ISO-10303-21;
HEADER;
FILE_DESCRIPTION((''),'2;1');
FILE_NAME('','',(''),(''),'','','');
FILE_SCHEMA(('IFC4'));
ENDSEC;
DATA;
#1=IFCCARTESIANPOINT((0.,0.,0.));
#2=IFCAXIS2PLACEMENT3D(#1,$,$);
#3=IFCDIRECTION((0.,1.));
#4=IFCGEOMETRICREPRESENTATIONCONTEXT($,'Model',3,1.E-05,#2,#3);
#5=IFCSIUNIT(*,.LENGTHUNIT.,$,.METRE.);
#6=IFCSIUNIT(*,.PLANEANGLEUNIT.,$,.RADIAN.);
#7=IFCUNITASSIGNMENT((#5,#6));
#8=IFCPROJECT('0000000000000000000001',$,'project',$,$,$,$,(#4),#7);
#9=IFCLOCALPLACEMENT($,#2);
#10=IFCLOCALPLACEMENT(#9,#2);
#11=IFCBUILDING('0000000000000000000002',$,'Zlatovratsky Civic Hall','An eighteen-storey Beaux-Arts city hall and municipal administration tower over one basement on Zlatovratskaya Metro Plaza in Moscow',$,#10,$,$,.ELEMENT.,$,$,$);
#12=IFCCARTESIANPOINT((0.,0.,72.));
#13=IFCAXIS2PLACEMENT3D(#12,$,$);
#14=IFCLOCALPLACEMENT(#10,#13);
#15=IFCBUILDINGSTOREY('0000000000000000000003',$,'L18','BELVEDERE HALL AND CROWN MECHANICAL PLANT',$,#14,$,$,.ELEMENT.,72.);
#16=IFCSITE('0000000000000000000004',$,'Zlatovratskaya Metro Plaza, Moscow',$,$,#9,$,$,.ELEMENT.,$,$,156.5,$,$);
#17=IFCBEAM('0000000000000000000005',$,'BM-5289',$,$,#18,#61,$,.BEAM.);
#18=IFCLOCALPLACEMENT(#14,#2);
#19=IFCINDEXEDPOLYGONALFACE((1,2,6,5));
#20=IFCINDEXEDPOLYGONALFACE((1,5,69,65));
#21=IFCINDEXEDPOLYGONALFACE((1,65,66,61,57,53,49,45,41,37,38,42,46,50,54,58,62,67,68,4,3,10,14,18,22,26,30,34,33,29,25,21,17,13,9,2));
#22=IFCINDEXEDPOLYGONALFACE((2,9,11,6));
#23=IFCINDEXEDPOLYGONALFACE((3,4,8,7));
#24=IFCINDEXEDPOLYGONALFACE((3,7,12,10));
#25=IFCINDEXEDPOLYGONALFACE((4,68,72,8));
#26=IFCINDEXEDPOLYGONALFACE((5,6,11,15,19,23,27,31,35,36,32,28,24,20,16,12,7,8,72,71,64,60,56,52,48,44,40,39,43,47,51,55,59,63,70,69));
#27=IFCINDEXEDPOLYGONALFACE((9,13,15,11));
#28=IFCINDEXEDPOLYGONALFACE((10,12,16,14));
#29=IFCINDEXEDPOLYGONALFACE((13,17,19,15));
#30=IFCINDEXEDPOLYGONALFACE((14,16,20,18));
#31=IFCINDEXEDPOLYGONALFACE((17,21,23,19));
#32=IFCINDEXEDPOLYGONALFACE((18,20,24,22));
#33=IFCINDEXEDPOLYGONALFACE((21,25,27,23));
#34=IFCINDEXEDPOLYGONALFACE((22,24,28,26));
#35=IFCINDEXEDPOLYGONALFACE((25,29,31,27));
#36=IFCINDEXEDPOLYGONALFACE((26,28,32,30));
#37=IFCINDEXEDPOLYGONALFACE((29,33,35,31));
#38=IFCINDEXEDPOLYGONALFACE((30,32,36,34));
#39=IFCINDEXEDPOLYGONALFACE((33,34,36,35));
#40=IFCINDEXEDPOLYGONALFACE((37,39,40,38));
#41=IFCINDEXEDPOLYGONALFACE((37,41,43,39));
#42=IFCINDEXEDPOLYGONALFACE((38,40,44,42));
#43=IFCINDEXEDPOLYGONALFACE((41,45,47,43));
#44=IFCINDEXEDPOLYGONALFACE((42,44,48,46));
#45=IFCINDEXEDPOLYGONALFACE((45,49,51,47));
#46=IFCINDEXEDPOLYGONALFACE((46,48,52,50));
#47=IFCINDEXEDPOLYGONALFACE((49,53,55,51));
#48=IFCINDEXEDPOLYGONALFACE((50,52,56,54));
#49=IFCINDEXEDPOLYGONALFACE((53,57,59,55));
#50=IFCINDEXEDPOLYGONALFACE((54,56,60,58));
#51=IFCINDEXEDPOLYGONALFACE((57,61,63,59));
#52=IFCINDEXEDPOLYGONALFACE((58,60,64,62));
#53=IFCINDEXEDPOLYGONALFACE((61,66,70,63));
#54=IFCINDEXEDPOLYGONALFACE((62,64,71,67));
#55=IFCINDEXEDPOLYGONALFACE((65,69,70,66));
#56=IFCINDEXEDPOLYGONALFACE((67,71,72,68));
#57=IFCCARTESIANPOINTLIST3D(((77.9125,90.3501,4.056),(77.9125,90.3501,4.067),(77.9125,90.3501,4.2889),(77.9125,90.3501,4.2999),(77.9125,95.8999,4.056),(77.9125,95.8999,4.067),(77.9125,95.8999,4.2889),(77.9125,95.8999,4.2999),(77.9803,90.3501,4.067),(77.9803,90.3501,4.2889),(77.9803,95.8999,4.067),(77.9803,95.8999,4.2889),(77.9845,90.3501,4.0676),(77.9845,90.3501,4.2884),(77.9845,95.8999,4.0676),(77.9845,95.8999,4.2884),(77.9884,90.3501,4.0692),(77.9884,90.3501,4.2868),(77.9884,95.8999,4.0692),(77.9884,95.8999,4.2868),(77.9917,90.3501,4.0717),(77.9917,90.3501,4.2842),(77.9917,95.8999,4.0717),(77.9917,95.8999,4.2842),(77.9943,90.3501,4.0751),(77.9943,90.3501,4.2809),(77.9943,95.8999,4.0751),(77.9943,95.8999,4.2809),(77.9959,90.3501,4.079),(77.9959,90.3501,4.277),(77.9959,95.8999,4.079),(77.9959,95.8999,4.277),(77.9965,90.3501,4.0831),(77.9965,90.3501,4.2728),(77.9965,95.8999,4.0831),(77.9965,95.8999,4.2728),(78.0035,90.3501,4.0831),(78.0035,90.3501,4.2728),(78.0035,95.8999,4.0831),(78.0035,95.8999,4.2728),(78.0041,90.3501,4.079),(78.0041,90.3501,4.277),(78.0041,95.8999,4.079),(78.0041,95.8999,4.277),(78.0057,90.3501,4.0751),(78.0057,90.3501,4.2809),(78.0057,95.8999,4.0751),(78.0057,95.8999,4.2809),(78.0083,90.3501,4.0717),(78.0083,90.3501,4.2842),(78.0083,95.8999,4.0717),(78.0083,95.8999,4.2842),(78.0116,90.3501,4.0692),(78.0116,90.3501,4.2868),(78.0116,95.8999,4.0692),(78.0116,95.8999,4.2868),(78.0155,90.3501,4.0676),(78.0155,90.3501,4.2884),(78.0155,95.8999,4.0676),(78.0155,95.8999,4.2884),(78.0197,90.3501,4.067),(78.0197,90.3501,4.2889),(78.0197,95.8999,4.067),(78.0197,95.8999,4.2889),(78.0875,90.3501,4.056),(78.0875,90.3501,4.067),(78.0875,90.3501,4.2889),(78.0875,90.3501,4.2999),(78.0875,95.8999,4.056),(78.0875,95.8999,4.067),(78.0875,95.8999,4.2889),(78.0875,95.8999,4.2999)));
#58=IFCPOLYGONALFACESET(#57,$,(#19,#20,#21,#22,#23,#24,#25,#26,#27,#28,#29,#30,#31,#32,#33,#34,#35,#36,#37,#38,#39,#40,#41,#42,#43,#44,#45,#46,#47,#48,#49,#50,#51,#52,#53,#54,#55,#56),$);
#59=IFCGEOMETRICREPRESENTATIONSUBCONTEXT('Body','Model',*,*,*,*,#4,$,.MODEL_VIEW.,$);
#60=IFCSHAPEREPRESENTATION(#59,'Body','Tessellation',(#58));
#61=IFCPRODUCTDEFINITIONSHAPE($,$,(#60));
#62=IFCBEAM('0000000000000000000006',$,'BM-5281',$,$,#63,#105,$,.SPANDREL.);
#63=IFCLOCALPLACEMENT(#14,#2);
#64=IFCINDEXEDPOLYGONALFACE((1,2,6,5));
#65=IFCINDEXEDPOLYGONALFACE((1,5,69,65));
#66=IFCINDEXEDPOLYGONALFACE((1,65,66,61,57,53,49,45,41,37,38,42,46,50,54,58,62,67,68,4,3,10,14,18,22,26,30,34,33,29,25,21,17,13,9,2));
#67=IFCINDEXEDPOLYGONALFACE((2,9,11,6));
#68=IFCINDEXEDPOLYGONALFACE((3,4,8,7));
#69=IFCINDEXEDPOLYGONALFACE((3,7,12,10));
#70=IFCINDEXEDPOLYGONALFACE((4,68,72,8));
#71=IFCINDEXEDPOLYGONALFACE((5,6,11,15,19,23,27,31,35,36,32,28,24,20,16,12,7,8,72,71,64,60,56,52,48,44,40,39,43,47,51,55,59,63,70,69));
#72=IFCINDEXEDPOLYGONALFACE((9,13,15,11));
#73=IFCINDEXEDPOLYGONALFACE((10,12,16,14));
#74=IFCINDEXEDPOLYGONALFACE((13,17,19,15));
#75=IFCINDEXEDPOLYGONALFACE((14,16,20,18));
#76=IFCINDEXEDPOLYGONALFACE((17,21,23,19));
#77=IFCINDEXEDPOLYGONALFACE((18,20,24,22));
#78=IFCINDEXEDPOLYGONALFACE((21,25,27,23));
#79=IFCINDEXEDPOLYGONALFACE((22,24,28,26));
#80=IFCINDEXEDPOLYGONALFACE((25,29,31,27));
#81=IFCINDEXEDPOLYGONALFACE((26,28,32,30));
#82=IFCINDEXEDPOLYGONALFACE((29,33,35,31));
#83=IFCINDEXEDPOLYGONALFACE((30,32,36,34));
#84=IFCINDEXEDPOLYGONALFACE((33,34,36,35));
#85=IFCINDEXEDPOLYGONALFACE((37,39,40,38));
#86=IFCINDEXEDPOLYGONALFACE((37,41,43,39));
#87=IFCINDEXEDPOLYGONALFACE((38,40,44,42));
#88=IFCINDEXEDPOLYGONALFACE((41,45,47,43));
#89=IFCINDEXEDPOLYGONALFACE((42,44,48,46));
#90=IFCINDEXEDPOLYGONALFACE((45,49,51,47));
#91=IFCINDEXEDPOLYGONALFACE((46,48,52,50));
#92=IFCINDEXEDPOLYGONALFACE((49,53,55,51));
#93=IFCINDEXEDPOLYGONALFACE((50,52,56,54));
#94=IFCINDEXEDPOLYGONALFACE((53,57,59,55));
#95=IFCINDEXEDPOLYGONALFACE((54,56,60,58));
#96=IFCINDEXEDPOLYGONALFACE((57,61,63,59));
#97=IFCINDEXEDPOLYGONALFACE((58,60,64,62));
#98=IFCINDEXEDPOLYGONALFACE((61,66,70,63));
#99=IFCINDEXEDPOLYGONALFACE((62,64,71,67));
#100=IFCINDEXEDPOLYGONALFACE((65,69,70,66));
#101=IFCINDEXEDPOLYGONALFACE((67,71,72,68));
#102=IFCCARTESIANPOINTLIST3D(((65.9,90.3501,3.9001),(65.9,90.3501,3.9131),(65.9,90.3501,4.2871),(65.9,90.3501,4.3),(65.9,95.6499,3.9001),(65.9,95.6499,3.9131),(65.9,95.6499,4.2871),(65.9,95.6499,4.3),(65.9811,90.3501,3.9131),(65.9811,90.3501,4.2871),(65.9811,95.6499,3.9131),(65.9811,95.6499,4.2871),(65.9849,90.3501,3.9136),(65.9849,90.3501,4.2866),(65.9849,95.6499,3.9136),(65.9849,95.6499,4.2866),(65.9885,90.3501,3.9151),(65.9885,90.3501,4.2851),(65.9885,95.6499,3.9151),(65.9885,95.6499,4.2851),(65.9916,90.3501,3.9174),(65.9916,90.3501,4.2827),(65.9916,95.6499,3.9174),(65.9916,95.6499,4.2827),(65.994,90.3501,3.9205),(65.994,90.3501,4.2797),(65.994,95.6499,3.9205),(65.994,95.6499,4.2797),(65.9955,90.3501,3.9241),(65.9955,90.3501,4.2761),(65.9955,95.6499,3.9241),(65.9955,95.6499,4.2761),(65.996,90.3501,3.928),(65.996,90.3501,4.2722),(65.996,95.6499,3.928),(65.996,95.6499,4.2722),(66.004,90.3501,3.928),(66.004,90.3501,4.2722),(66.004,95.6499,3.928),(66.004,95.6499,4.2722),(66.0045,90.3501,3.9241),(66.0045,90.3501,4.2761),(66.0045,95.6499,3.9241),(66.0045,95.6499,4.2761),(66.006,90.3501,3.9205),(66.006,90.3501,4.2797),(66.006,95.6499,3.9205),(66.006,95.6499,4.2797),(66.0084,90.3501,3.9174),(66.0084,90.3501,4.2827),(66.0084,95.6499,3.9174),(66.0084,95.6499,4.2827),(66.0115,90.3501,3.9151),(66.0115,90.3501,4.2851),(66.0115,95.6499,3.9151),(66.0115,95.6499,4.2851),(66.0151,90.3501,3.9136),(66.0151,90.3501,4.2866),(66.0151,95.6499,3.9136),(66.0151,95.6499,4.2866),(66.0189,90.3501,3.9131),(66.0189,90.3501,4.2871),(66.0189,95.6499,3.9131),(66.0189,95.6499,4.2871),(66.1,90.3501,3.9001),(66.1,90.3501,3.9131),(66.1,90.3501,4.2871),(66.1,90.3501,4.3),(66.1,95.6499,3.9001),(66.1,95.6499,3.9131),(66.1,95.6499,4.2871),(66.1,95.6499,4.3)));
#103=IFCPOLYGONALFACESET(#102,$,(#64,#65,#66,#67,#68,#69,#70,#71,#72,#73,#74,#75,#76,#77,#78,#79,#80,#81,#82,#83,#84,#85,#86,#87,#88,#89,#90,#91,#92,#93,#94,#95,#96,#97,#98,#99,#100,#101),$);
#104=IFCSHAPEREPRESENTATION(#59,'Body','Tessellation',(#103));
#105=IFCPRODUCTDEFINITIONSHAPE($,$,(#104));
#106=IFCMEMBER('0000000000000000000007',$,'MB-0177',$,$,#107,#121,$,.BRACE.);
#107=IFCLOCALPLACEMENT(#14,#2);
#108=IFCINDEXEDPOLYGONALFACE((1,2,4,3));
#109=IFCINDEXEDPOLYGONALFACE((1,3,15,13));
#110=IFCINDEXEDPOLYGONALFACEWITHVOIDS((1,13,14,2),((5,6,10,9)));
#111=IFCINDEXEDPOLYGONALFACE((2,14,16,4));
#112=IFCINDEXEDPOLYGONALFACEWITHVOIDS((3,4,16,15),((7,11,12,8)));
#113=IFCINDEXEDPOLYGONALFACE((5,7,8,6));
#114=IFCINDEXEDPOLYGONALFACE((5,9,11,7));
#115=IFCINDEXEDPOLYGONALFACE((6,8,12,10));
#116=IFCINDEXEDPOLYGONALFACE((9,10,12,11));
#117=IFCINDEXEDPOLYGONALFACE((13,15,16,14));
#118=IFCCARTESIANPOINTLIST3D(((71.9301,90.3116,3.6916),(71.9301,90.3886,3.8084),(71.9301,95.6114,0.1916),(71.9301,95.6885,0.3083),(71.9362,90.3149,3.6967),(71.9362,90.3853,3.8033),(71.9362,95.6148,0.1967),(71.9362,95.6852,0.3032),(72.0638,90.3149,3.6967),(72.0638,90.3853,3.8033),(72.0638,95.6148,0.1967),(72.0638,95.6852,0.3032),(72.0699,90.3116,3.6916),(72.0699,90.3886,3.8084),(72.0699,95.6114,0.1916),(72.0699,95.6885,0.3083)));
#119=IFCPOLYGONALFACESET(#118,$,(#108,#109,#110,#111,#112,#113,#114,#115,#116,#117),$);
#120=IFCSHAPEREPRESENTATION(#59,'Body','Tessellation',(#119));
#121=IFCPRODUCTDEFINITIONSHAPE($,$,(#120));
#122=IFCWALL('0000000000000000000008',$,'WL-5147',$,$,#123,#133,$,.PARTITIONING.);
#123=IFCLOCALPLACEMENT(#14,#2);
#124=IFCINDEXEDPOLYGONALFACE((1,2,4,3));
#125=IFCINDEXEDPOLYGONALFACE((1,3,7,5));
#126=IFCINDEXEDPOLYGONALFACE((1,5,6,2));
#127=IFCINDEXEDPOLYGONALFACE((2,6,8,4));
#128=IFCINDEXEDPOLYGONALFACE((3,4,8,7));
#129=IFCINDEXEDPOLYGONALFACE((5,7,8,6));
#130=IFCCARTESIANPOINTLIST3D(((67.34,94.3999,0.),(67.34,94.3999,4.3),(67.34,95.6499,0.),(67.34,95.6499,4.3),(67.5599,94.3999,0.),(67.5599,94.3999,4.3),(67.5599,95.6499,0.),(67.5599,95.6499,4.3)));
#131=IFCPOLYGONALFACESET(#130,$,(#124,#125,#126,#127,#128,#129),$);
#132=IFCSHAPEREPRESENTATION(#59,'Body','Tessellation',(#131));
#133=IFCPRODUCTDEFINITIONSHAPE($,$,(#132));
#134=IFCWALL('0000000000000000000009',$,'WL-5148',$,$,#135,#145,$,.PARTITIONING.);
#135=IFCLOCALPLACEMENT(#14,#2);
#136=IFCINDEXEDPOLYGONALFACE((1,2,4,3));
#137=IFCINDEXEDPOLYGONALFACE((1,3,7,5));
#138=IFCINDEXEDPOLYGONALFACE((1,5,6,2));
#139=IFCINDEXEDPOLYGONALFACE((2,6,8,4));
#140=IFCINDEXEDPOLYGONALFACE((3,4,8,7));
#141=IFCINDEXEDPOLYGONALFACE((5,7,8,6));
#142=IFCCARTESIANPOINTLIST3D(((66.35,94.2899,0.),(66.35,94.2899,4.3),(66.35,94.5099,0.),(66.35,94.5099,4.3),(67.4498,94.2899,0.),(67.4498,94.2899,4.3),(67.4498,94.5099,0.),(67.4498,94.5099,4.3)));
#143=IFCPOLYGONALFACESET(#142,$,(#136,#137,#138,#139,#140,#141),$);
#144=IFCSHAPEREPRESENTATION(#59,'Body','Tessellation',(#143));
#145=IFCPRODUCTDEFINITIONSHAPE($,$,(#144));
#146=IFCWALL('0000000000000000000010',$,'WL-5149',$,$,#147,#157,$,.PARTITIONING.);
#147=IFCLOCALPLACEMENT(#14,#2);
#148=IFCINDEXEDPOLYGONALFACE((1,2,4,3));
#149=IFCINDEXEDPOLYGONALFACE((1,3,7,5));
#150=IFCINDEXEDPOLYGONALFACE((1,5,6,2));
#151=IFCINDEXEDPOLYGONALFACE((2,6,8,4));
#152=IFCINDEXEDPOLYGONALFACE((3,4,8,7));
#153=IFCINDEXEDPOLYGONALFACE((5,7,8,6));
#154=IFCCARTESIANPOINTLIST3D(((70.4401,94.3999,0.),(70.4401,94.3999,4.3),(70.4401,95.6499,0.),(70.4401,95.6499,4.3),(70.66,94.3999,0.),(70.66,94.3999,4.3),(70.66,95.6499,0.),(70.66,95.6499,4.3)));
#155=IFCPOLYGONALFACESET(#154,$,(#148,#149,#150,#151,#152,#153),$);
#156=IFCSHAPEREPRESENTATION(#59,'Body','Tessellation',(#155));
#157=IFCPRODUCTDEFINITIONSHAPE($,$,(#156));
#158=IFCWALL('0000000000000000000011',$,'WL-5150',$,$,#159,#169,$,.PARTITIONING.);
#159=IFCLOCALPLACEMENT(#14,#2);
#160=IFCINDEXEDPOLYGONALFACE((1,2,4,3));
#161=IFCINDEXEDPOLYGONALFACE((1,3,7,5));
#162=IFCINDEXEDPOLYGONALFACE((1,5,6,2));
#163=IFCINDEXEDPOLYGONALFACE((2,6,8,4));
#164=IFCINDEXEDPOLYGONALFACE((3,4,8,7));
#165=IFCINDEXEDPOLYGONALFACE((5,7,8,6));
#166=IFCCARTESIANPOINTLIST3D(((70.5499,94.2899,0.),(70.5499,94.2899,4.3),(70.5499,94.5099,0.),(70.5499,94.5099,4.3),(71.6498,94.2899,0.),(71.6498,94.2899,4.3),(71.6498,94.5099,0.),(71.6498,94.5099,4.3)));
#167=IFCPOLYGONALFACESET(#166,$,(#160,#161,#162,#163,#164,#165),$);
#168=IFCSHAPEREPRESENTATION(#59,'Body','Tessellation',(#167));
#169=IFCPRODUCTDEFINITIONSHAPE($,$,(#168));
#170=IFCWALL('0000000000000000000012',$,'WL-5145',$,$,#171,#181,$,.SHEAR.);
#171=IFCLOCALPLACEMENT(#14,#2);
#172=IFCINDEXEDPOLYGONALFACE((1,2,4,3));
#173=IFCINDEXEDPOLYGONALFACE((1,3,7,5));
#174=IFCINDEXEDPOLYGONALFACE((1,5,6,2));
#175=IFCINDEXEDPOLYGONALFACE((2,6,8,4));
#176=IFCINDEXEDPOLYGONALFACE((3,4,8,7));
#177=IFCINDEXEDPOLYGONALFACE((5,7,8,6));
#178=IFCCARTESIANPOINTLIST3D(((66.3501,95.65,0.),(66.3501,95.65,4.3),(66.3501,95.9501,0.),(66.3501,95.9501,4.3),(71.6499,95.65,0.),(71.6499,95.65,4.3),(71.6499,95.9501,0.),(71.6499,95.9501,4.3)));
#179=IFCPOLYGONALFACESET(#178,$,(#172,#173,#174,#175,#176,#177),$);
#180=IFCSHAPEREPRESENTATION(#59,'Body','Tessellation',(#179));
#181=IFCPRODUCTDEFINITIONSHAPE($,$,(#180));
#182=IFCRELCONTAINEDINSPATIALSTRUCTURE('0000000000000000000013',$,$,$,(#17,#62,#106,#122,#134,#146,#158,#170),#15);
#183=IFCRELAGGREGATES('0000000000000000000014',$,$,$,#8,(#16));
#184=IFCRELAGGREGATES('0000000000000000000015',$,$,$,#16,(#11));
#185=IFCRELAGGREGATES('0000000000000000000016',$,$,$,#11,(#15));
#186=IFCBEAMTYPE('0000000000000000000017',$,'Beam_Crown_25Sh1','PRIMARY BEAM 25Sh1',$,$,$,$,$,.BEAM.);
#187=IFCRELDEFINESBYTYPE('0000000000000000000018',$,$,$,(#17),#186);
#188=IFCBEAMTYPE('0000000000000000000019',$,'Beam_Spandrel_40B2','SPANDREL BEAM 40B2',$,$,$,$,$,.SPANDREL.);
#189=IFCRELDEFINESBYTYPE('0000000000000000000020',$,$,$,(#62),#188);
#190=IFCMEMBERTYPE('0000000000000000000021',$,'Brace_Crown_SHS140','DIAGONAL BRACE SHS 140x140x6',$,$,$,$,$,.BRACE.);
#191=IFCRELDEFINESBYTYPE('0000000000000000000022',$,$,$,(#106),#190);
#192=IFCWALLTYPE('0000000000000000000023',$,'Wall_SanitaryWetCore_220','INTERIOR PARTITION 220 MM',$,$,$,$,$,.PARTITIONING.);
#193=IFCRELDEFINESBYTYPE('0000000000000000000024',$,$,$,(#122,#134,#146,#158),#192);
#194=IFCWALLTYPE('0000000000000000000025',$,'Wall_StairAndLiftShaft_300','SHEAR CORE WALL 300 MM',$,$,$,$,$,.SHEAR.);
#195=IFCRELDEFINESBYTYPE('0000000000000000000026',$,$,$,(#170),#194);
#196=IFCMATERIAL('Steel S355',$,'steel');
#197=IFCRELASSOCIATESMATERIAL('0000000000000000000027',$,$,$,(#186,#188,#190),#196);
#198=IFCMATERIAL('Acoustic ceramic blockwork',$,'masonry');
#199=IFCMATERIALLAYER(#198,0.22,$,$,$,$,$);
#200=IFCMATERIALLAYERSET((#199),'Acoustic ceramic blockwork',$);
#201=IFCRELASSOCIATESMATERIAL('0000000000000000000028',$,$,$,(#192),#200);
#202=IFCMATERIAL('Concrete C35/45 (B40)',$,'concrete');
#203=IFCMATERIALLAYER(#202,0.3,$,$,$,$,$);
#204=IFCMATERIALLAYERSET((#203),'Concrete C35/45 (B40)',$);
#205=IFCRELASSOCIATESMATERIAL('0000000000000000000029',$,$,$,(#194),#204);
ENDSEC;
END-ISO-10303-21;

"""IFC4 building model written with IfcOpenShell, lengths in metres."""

from ifc_helpers import new_model, si_unit, direction, frame, frame_2d, origin, origin_2d, place, context, subcontext, project, spatial, rectangle, hollow_rectangle, i_section, extrude, material, layer, layer_set, material_profile, profile_set, type_object, element, save


model = new_model("IFC4")

# Units and contexts
model_context = context("Model", 3, precision=1e-05, world=origin(), true_north=direction((0.0, 1.0)))
body_context = subcontext(model_context, "Body", "Model", "MODEL_VIEW")
ifc_project = project(units=[si_unit("LENGTHUNIT", "METRE"), si_unit("PLANEANGLEUNIT", "RADIAN")], contexts=[model_context])

# Site, building, storey
site_placement = place(None, origin())
site = spatial("IfcSite", under=ifc_project, at=site_placement, Name="Zlatovratskaya Metro Plaza, Moscow", CompositionType="ELEMENT", RefElevation=156.5)
building_placement = place(site_placement, origin())
building = spatial("IfcBuilding", under=site, at=building_placement, Name="Zlatovratsky Civic Hall", Description="An eighteen-storey Beaux-Arts city hall and municipal administration tower over one basement on Zlatovratskaya Metro Plaza in Moscow", CompositionType="ELEMENT")
storey_placement = place(building_placement, frame((0.0, 0.0, 72.0)))
storey = spatial("IfcBuildingStorey", under=building, at=storey_placement, Name="L18", Description="BELVEDERE HALL AND CROWN MECHANICAL PLANT", CompositionType="ELEMENT", Elevation=72.0)

# Shared definitions
ifc_material_1 = material(Name="Concrete C35/45 (B40)", Category="concrete")

# Beams
ifc_material_2 = material(Name="Steel S355", Category="steel")
ifc_material_profile_1 = material_profile(ifc_material_2, i_section(OverallWidth=0.175, OverallDepth=0.2439, WebThickness=0.0071, FlangeThickness=0.011, FilletRadius=0.0161, at=origin_2d()), Name="25Sh1")
ifc_profile_set_1 = profile_set([ifc_material_profile_1], Name="Steel S355")
beam_type_1 = type_object("IfcBeamType", Name="Beam_Crown_25Sh1", Description="PRIMARY BEAM 25Sh1", PredefinedType="BEAM", material=ifc_profile_set_1)
beam_1_placement = place(storey_placement, frame((78.0, 90.3501, 4.178), z_axis=(0.0, 1.0, 0.0), x_axis=(-1.0, 0.0, 0.0)))
element("IfcBeam", 1, at=beam_1_placement, inside=storey, type_object=beam_type_1, Name="BM-5289", PredefinedType="BEAM", context=body_context, shape_type="SweptSolid", body=[
    extrude(i_section(OverallWidth=0.175, OverallDepth=0.2439, WebThickness=0.0071, FlangeThickness=0.011, FilletRadius=0.0161, at=origin_2d()), origin(), (0.0, 0.0, 1.0), 5.5498),
])
ifc_material_profile_2 = material_profile(ifc_material_2, i_section(OverallWidth=0.2, OverallDepth=0.3999, WebThickness=0.0081, FlangeThickness=0.0129, FilletRadius=0.0149, at=origin_2d()), Name="40B2")
ifc_profile_set_2 = profile_set([ifc_material_profile_2], Name="Steel S355")
beam_type_2 = type_object("IfcBeamType", Name="Beam_Spandrel_40B2", Description="SPANDREL BEAM 40B2", PredefinedType="SPANDREL", material=ifc_profile_set_2)
beam_2_placement = place(storey_placement, frame((66.0, 90.3501, 4.1001), z_axis=(0.0, 1.0, 0.0), x_axis=(-1.0, 0.0, 0.0)))
element("IfcBeam", 2, at=beam_2_placement, inside=storey, type_object=beam_type_2, Name="BM-5281", PredefinedType="SPANDREL", context=body_context, shape_type="SweptSolid", body=[
    extrude(i_section(OverallWidth=0.2, OverallDepth=0.3999, WebThickness=0.0081, FlangeThickness=0.0129, FilletRadius=0.0149, at=origin_2d()), origin(), (0.0, 0.0, 1.0), 5.2998),
])

# Member
ifc_material_profile_3 = material_profile(ifc_material_2, hollow_rectangle(XDim=0.1399, YDim=0.1399, WallThickness=0.0061, at=origin_2d()), Name="SHS 140x140x6")
ifc_profile_set_3 = profile_set([ifc_material_profile_3], Name="Steel S355")
member_type = type_object("IfcMemberType", Name="Brace_Crown_SHS140", Description="DIAGONAL BRACE SHS 140x140x6", PredefinedType="BRACE", material=ifc_profile_set_3)
member_placement = place(storey_placement, frame((72.0, 90.3501, 3.75), z_axis=(0.0, 0.834455, -0.551076), x_axis=(-1.0, 0.0, 0.0)))
element("IfcMember", 3, at=member_placement, inside=storey, type_object=member_type, Name="MB-0177", PredefinedType="BRACE", context=body_context, shape_type="SweptSolid", body=[
    extrude(hollow_rectangle(XDim=0.1399, YDim=0.1399, WallThickness=0.0061, at=origin_2d()), origin(), (0.0, 0.0, 1.0), 6.3513),
])

# Walls
ifc_material_3 = material(Name="Acoustic ceramic blockwork", Category="masonry")
ifc_layer_1 = layer(ifc_material_3, 0.22)
ifc_layer_set_1 = layer_set([ifc_layer_1], Name="Acoustic ceramic blockwork")
wall_type_1 = type_object("IfcWallType", Name="Wall_SanitaryWetCore_220", Description="INTERIOR PARTITION 220 MM", PredefinedType="PARTITIONING", material=ifc_layer_set_1)
wall_1_placement = place(storey_placement, frame((67.45, 94.3999, 0.0), z_axis=(0.0, 0.0, 1.0), x_axis=(0.0, 1.0, 0.0)))
element("IfcWall", 4, at=wall_1_placement, inside=storey, type_object=wall_type_1, Name="WL-5147", PredefinedType="PARTITIONING", context=body_context, shape_type="SweptSolid", body=[
    extrude(rectangle(XDim=1.25, YDim=0.22, at=frame_2d((0.625, 0.0))), origin(), (0.0, 0.0, 1.0), 4.3),
])
wall_2_placement = place(storey_placement, frame((66.3501, 94.3999, 0.0), z_axis=(0.0, 0.0, 1.0), x_axis=(1.0, 0.0, 0.0)))
element("IfcWall", 5, at=wall_2_placement, inside=storey, type_object=wall_type_1, Name="WL-5148", PredefinedType="PARTITIONING", context=body_context, shape_type="SweptSolid", body=[
    extrude(rectangle(XDim=1.0999, YDim=0.22, at=frame_2d((0.5498, 0.0))), origin(), (0.0, 0.0, 1.0), 4.3),
])
wall_3_placement = place(storey_placement, frame((70.55, 94.3999, 0.0), z_axis=(0.0, 0.0, 1.0), x_axis=(0.0, 1.0, 0.0)))
element("IfcWall", 6, at=wall_3_placement, inside=storey, type_object=wall_type_1, Name="WL-5149", PredefinedType="PARTITIONING", context=body_context, shape_type="SweptSolid", body=[
    extrude(rectangle(XDim=1.25, YDim=0.22, at=frame_2d((0.625, 0.0))), origin(), (0.0, 0.0, 1.0), 4.3),
])
wall_4_placement = place(storey_placement, frame((70.55, 94.3999, 0.0), z_axis=(0.0, 0.0, 1.0), x_axis=(1.0, 0.0, 0.0)))
element("IfcWall", 7, at=wall_4_placement, inside=storey, type_object=wall_type_1, Name="WL-5150", PredefinedType="PARTITIONING", context=body_context, shape_type="SweptSolid", body=[
    extrude(rectangle(XDim=1.0999, YDim=0.22, at=frame_2d((0.5498, 0.0))), origin(), (0.0, 0.0, 1.0), 4.3),
])
ifc_layer_2 = layer(ifc_material_1, 0.3)
ifc_layer_set_2 = layer_set([ifc_layer_2], Name="Concrete C35/45 (B40)")
wall_type_2 = type_object("IfcWallType", Name="Wall_StairAndLiftShaft_300", Description="SHEAR CORE WALL 300 MM", PredefinedType="SHEAR", material=ifc_layer_set_2)
wall_5_placement = place(storey_placement, frame((66.3501, 95.8, 0.0), z_axis=(0.0, 0.0, 1.0), x_axis=(1.0, 0.0, 0.0)))
element("IfcWall", 8, at=wall_5_placement, inside=storey, type_object=wall_type_2, Name="WL-5145", PredefinedType="SHEAR", context=body_context, shape_type="SweptSolid", body=[
    extrude(rectangle(XDim=5.2998, YDim=0.3, at=frame_2d((2.6499, 0.0))), origin(), (0.0, 0.0, 1.0), 4.3),
])

save(model, "model.ifc")
